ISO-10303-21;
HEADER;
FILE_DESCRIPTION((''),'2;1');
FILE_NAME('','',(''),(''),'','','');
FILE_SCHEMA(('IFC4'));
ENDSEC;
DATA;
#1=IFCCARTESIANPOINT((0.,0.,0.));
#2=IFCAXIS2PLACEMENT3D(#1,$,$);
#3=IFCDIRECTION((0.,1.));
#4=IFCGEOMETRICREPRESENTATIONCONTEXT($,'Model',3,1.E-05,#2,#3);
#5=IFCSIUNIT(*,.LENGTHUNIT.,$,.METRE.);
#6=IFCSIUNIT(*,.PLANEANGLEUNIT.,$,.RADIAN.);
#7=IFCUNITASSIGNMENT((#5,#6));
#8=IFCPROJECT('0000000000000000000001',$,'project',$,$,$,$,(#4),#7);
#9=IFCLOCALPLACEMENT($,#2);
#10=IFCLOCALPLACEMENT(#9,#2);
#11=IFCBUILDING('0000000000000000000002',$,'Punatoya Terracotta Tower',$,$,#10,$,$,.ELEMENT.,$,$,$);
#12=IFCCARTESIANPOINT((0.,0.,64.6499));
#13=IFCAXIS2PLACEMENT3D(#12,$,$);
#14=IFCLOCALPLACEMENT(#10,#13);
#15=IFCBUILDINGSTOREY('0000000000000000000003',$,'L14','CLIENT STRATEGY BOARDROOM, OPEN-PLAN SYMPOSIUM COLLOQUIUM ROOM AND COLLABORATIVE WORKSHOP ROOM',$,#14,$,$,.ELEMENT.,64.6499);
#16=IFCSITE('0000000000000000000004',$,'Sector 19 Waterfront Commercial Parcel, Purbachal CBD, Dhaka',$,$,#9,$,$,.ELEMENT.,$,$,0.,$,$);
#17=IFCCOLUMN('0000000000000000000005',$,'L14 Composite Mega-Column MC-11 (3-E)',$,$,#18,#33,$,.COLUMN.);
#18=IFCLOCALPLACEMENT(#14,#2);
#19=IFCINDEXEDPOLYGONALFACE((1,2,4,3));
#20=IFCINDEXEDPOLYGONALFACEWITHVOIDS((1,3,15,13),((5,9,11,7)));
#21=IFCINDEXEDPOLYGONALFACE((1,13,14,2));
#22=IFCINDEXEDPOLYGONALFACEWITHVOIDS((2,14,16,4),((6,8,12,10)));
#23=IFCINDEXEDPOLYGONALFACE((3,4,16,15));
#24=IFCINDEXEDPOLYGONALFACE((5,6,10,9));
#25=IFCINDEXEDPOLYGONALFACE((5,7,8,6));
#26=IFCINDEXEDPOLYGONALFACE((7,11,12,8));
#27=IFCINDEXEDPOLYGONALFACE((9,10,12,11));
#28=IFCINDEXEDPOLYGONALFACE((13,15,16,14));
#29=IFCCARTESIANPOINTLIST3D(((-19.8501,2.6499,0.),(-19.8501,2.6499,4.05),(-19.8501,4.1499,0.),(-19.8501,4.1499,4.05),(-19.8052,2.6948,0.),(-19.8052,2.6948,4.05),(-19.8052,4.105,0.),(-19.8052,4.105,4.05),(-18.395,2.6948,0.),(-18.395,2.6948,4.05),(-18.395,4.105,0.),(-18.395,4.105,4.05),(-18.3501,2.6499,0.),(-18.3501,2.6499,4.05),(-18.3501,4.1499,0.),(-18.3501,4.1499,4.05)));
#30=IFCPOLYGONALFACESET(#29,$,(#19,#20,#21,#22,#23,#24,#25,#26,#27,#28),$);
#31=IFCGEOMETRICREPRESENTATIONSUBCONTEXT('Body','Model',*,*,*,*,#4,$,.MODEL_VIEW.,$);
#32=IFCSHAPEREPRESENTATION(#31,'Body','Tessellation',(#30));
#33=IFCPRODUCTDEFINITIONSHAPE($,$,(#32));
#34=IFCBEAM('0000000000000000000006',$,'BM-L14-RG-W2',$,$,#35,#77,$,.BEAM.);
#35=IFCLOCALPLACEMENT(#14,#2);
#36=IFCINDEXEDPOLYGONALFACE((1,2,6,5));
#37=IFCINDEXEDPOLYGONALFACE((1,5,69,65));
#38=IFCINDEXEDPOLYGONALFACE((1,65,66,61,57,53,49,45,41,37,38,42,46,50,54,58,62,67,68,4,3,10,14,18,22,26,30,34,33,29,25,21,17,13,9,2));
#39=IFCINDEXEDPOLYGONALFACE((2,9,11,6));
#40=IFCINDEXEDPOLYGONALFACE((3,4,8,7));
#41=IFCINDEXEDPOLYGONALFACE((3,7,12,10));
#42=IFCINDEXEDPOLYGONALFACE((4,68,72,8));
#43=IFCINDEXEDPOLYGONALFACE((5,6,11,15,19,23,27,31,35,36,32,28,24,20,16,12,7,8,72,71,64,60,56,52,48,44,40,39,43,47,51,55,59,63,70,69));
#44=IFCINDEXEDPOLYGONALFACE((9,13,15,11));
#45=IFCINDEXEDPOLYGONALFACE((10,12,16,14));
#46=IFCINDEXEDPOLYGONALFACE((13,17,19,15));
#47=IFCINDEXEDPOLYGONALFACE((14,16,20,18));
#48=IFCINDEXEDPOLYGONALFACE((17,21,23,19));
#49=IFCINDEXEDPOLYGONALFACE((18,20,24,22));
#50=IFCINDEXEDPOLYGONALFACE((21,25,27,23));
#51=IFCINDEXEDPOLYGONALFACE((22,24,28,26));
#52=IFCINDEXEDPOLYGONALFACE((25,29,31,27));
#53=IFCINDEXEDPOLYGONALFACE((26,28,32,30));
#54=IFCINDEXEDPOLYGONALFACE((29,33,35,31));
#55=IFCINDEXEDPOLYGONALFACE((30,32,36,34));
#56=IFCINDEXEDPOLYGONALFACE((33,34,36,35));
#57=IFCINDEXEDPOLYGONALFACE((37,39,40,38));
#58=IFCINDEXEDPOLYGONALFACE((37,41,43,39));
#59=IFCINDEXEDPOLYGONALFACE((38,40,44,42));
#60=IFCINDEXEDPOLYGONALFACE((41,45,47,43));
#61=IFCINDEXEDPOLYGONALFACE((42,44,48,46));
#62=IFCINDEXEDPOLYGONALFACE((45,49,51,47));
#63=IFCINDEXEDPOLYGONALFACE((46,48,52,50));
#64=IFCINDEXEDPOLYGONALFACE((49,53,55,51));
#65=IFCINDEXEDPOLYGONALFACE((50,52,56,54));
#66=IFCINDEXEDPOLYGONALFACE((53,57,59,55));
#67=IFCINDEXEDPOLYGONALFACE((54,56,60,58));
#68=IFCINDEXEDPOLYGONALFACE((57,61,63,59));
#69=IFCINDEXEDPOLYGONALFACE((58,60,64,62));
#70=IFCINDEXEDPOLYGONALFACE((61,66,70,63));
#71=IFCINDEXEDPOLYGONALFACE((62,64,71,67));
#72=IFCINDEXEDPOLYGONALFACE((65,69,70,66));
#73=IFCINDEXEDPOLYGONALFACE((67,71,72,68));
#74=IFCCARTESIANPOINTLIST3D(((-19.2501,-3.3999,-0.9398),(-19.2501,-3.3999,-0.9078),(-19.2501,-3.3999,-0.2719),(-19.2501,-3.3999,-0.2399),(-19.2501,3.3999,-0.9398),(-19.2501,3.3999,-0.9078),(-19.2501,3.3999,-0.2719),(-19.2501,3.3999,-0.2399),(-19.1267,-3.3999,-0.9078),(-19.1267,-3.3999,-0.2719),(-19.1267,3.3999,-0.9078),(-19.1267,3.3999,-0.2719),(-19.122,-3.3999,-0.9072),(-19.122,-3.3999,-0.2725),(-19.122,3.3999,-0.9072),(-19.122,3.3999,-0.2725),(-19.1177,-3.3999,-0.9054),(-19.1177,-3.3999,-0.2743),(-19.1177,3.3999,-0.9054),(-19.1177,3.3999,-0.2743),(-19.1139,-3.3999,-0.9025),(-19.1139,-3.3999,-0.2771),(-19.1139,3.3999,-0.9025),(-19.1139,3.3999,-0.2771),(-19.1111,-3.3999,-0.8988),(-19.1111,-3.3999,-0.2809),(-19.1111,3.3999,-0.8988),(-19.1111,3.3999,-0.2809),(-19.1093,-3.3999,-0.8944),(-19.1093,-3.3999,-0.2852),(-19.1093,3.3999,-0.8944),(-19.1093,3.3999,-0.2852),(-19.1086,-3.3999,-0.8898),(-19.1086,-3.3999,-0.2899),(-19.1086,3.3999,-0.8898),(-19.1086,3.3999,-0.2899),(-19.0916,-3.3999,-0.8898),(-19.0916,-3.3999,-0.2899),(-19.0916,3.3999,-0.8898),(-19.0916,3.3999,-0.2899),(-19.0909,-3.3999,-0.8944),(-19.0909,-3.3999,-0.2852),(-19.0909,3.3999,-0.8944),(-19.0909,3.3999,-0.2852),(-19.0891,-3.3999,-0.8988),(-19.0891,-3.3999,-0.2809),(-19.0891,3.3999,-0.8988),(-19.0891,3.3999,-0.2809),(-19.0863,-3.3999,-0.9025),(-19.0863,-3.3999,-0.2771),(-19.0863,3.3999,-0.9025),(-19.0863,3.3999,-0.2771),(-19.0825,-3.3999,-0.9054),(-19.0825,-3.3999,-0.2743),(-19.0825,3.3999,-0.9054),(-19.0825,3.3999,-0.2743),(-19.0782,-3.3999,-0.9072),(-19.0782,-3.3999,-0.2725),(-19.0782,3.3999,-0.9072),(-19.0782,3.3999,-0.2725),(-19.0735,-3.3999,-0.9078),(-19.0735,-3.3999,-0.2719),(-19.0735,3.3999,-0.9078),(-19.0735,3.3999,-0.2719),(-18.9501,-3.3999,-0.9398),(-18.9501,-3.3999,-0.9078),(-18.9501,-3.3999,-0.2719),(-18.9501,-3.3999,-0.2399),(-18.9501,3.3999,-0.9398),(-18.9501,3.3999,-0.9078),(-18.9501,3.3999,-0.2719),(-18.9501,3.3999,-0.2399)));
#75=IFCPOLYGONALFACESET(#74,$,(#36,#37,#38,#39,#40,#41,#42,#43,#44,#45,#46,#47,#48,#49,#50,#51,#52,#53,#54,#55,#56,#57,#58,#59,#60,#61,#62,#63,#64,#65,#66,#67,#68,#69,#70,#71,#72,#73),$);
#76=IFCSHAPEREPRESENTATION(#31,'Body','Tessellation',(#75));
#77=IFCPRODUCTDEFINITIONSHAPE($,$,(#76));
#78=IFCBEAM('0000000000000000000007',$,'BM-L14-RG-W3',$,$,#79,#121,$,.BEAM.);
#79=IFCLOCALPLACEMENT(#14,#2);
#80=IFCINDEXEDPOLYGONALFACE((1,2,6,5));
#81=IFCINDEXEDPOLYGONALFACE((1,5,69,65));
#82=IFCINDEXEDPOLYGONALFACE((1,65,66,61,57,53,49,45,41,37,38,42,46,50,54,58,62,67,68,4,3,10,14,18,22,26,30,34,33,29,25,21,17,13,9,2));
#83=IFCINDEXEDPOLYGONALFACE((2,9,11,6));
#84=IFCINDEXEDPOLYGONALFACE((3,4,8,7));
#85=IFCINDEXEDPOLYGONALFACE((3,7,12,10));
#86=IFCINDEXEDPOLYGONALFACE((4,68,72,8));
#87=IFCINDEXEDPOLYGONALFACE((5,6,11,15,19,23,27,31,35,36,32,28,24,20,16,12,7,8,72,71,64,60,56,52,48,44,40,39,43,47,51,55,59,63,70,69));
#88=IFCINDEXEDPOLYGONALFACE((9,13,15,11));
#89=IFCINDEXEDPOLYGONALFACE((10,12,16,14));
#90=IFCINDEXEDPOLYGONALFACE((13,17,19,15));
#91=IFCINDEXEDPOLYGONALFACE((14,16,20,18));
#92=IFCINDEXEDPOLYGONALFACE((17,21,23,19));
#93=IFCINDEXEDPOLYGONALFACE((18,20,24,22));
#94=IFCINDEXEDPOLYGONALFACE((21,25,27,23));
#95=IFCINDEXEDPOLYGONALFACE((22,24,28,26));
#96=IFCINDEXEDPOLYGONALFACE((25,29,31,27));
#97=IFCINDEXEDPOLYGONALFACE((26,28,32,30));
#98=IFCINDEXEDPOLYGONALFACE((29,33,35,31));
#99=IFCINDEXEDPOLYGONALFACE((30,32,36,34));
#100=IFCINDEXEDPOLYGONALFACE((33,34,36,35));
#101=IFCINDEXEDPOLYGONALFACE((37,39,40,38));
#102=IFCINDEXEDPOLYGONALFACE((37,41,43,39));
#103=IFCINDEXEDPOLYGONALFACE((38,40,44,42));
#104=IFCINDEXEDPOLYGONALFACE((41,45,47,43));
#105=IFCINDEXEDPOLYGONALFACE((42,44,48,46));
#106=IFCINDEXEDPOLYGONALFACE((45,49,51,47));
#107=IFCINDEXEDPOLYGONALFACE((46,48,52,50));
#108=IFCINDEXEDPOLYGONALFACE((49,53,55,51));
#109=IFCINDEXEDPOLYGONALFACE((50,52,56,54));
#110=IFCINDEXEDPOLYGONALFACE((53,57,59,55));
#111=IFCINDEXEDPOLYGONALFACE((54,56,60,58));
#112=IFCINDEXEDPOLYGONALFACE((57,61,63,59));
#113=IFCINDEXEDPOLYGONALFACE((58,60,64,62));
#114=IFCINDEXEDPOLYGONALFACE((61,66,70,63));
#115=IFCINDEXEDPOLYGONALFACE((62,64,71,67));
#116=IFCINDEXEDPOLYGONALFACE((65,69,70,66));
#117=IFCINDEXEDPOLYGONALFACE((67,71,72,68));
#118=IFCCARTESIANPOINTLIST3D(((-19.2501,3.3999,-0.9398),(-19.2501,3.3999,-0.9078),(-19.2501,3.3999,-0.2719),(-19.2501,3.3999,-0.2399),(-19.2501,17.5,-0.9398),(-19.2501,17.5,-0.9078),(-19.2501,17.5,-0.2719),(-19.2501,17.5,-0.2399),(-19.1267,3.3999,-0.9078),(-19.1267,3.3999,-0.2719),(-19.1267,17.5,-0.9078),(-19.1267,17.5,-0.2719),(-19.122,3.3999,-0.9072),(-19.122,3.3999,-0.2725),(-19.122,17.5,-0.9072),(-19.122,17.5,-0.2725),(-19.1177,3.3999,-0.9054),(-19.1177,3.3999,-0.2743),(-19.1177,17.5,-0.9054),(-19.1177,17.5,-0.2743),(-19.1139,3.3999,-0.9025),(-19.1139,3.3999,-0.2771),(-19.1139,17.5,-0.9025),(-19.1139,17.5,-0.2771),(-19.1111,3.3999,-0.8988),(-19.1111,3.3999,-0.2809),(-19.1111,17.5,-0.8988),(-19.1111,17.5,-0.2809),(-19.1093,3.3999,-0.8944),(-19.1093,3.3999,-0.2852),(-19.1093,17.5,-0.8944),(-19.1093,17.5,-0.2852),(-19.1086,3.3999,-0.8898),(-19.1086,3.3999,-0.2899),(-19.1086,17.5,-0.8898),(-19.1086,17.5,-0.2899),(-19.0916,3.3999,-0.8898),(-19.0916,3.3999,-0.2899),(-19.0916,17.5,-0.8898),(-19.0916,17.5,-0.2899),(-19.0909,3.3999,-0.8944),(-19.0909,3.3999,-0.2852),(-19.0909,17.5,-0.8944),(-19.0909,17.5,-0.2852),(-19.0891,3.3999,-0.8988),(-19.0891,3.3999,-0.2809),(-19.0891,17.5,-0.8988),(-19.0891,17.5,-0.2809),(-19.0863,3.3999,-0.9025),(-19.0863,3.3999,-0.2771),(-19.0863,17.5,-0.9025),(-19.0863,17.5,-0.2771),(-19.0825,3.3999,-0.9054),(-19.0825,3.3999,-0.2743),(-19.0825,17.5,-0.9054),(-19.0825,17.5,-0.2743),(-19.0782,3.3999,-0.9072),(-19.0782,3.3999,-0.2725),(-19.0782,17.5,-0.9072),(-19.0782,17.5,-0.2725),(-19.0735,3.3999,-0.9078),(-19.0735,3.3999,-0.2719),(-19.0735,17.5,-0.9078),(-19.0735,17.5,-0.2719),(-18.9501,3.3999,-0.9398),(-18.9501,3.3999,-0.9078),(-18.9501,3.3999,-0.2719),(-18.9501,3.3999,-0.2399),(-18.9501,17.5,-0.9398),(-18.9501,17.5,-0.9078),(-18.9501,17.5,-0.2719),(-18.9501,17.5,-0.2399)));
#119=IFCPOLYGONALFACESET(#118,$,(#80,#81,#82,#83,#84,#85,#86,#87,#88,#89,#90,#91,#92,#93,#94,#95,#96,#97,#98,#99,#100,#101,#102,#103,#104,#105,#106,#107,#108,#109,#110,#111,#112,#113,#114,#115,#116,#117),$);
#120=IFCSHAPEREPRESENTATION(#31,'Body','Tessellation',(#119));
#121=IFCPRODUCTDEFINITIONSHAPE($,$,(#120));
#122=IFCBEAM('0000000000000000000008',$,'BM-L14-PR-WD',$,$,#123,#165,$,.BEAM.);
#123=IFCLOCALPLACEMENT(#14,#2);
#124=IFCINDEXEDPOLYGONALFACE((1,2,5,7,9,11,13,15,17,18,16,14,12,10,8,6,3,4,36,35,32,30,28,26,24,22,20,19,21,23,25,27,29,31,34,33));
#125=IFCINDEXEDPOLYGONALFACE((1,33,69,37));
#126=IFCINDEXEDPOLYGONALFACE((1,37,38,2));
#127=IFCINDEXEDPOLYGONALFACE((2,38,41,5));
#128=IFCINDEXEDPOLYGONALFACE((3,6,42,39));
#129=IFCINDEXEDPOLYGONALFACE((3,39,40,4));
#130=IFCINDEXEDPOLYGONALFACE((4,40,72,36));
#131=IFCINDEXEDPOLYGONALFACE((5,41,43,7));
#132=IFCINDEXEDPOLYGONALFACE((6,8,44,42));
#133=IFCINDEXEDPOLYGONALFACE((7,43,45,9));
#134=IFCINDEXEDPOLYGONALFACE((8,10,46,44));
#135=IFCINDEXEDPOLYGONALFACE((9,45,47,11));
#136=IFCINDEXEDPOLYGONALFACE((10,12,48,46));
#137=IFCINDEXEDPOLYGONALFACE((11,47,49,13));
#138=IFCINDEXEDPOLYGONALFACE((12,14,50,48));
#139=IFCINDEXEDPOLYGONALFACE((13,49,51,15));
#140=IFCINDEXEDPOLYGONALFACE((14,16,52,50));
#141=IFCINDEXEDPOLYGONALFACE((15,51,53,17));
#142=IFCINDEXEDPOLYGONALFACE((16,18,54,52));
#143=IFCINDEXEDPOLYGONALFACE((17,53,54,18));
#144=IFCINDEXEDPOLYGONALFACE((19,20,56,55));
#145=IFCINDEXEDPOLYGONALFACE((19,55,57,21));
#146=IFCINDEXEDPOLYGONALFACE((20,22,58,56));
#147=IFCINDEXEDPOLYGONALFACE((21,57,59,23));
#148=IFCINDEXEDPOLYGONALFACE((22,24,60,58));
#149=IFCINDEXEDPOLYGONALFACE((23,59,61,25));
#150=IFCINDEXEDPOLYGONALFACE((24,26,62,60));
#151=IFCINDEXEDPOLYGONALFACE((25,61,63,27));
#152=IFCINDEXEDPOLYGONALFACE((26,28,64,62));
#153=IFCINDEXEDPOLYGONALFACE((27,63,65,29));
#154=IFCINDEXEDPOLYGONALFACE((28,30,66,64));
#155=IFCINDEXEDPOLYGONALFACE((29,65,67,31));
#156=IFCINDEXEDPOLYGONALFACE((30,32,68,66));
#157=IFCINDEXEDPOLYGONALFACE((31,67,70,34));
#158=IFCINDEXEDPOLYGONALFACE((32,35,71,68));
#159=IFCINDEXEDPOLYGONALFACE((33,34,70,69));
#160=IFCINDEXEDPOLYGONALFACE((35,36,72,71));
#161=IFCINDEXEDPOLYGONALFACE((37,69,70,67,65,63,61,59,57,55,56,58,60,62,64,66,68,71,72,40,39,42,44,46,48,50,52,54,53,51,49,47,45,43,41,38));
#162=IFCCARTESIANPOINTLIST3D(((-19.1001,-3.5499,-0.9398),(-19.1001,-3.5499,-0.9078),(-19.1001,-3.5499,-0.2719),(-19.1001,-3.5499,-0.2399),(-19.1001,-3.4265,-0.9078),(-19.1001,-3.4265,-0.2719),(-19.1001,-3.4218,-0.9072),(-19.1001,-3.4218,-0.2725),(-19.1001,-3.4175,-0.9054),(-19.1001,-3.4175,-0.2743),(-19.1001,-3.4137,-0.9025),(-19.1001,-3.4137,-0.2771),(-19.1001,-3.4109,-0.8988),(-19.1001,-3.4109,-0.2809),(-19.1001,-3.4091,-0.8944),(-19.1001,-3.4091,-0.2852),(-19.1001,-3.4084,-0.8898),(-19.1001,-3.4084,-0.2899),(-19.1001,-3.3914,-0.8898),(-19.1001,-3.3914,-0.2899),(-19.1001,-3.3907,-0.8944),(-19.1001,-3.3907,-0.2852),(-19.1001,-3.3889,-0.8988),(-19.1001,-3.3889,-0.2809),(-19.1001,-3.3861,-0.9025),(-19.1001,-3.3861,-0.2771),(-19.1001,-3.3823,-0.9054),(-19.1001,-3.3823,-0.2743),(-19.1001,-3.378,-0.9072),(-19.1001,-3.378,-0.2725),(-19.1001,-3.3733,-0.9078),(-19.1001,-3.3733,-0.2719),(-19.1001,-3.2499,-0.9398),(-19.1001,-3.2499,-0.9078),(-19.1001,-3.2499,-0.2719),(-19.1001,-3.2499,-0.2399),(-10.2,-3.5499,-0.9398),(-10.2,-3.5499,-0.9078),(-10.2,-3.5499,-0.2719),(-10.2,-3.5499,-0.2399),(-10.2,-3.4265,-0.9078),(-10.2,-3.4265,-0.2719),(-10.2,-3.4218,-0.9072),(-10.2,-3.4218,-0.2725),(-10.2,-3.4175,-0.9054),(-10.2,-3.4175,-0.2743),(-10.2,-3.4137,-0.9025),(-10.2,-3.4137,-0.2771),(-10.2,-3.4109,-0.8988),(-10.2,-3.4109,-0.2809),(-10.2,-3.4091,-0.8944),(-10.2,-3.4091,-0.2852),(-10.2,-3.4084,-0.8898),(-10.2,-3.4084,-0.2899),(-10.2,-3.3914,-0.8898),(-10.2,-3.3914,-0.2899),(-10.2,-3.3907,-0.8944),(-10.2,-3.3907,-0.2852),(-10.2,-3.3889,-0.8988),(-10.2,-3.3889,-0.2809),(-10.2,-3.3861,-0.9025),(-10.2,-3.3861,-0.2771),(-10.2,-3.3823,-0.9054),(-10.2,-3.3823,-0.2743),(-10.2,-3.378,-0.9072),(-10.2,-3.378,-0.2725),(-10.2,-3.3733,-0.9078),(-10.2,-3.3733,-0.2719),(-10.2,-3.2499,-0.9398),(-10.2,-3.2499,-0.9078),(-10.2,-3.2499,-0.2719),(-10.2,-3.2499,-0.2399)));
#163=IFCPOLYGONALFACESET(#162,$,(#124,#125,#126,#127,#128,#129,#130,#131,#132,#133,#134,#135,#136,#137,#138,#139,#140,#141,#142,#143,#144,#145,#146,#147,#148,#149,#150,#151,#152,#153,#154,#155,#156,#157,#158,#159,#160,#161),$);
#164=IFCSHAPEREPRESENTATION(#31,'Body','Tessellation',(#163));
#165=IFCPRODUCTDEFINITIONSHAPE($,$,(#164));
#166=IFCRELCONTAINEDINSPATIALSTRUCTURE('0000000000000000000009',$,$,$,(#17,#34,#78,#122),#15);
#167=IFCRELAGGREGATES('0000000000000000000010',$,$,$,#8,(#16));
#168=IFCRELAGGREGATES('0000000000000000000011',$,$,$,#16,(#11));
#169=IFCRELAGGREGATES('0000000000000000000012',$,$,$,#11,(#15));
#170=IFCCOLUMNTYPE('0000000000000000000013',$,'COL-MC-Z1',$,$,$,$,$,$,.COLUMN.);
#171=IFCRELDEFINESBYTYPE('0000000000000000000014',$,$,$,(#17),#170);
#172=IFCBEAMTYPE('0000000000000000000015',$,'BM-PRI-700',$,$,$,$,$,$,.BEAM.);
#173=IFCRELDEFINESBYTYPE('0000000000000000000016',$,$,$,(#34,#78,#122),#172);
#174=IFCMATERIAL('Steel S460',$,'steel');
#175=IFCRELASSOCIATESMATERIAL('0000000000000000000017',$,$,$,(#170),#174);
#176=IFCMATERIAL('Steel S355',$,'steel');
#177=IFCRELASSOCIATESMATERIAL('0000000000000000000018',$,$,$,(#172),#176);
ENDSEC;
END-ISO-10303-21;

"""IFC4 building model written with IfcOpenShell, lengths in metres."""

from ifc_helpers import new_model, si_unit, direction, frame, origin, origin_2d, place, context, subcontext, project, spatial, hollow_rectangle, i_section, extrude, material, material_profile, profile_set, type_object, element, save


model = new_model("IFC4")

# Units and contexts
model_context = context("Model", 3, precision=1e-05, world=origin(), true_north=direction((0.0, 1.0)))
body_context = subcontext(model_context, "Body", "Model", "MODEL_VIEW")
ifc_project = project(units=[si_unit("LENGTHUNIT", "METRE"), si_unit("PLANEANGLEUNIT", "RADIAN")], contexts=[model_context])

# Site, building, storey
site_placement = place(None, origin())
site = spatial("IfcSite", under=ifc_project, at=site_placement, Name="Sector 19 Waterfront Commercial Parcel, Purbachal CBD, Dhaka", CompositionType="ELEMENT", RefElevation=0.0)
building_placement = place(site_placement, origin())
building = spatial("IfcBuilding", under=site, at=building_placement, Name="Punatoya Terracotta Tower", CompositionType="ELEMENT")
storey_placement = place(building_placement, frame((0.0, 0.0, 64.6499)))
storey = spatial("IfcBuildingStorey", under=building, at=storey_placement, Name="L14", Description="CLIENT STRATEGY BOARDROOM, OPEN-PLAN SYMPOSIUM COLLOQUIUM ROOM AND COLLABORATIVE WORKSHOP ROOM", CompositionType="ELEMENT", Elevation=64.6499)

# Column
ifc_material_1 = material(Name="Steel S460", Category="steel")
ifc_material_profile_1 = material_profile(ifc_material_1, hollow_rectangle(XDim=1.5, YDim=1.5, WallThickness=0.0449, at=origin_2d()))
ifc_profile_set_1 = profile_set([ifc_material_profile_1], Name="Steel S460")
column_type = type_object("IfcColumnType", Name="COL-MC-Z1", PredefinedType="COLUMN", material=ifc_profile_set_1)
column_placement = place(storey_placement, frame((-19.1001, 3.3999, 0.0), z_axis=(0.0, 0.0, 1.0), x_axis=(1.0, 0.0, 0.0)))
element("IfcColumn", 1, at=column_placement, inside=storey, type_object=column_type, Name="L14 Composite Mega-Column MC-11 (3-E)", PredefinedType="COLUMN", context=body_context, shape_type="SweptSolid", body=[
    extrude(hollow_rectangle(XDim=1.5, YDim=1.5, WallThickness=0.0449, at=origin_2d()), origin(), (0.0, 0.0, 1.0), 4.05),
])

# Beams
ifc_material_2 = material(Name="Steel S355", Category="steel")
ifc_material_profile_2 = material_profile(ifc_material_2, i_section(OverallWidth=0.3, OverallDepth=0.7, WebThickness=0.0171, FlangeThickness=0.032, FilletRadius=0.0181, at=origin_2d()))
ifc_profile_set_2 = profile_set([ifc_material_profile_2], Name="Steel S355")
beam_type = type_object("IfcBeamType", Name="BM-PRI-700", PredefinedType="BEAM", material=ifc_profile_set_2)
beam_1_placement = place(storey_placement, frame((-19.1001, -3.3999, -0.5898), z_axis=(0.0, 1.0, 0.0), x_axis=(-1.0, 0.0, 0.0)))
element("IfcBeam", 2, at=beam_1_placement, inside=storey, type_object=beam_type, Name="BM-L14-RG-W2", PredefinedType="BEAM", context=body_context, shape_type="SweptSolid", body=[
    extrude(i_section(OverallWidth=0.3, OverallDepth=0.7, WebThickness=0.0171, FlangeThickness=0.032, FilletRadius=0.0181, at=origin_2d()), origin(), (0.0, 0.0, 1.0), 6.7998),
])
beam_2_placement = place(storey_placement, frame((-19.1001, 3.3999, -0.5898), z_axis=(0.0, 1.0, 0.0), x_axis=(-1.0, 0.0, 0.0)))
element("IfcBeam", 3, at=beam_2_placement, inside=storey, type_object=beam_type, Name="BM-L14-RG-W3", PredefinedType="BEAM", context=body_context, shape_type="SweptSolid", body=[
    extrude(i_section(OverallWidth=0.3, OverallDepth=0.7, WebThickness=0.0171, FlangeThickness=0.032, FilletRadius=0.0181, at=origin_2d()), origin(), (0.0, 0.0, 1.0), 14.1001),
])
for number, where, z_axis, x_axis, name in (
    (4, (-19.1001, -3.3999, -0.5898), (1.0, 0.0, 0.0), (0.0, 1.0, 0.0), "BM-L14-PR-WD"),
):
    element("IfcBeam", number, at=place(storey_placement, frame(where, z_axis=z_axis, x_axis=x_axis)), inside=storey, type_object=beam_type, Name=name, PredefinedType="BEAM", context=body_context, shape_type="SweptSolid", body=[
        extrude(i_section(OverallWidth=0.3, OverallDepth=0.7, WebThickness=0.0171, FlangeThickness=0.032, FilletRadius=0.0181, at=origin_2d()), origin(), (0.0, 0.0, 1.0), 8.9001),
    ])

save(model, "model.ifc")
